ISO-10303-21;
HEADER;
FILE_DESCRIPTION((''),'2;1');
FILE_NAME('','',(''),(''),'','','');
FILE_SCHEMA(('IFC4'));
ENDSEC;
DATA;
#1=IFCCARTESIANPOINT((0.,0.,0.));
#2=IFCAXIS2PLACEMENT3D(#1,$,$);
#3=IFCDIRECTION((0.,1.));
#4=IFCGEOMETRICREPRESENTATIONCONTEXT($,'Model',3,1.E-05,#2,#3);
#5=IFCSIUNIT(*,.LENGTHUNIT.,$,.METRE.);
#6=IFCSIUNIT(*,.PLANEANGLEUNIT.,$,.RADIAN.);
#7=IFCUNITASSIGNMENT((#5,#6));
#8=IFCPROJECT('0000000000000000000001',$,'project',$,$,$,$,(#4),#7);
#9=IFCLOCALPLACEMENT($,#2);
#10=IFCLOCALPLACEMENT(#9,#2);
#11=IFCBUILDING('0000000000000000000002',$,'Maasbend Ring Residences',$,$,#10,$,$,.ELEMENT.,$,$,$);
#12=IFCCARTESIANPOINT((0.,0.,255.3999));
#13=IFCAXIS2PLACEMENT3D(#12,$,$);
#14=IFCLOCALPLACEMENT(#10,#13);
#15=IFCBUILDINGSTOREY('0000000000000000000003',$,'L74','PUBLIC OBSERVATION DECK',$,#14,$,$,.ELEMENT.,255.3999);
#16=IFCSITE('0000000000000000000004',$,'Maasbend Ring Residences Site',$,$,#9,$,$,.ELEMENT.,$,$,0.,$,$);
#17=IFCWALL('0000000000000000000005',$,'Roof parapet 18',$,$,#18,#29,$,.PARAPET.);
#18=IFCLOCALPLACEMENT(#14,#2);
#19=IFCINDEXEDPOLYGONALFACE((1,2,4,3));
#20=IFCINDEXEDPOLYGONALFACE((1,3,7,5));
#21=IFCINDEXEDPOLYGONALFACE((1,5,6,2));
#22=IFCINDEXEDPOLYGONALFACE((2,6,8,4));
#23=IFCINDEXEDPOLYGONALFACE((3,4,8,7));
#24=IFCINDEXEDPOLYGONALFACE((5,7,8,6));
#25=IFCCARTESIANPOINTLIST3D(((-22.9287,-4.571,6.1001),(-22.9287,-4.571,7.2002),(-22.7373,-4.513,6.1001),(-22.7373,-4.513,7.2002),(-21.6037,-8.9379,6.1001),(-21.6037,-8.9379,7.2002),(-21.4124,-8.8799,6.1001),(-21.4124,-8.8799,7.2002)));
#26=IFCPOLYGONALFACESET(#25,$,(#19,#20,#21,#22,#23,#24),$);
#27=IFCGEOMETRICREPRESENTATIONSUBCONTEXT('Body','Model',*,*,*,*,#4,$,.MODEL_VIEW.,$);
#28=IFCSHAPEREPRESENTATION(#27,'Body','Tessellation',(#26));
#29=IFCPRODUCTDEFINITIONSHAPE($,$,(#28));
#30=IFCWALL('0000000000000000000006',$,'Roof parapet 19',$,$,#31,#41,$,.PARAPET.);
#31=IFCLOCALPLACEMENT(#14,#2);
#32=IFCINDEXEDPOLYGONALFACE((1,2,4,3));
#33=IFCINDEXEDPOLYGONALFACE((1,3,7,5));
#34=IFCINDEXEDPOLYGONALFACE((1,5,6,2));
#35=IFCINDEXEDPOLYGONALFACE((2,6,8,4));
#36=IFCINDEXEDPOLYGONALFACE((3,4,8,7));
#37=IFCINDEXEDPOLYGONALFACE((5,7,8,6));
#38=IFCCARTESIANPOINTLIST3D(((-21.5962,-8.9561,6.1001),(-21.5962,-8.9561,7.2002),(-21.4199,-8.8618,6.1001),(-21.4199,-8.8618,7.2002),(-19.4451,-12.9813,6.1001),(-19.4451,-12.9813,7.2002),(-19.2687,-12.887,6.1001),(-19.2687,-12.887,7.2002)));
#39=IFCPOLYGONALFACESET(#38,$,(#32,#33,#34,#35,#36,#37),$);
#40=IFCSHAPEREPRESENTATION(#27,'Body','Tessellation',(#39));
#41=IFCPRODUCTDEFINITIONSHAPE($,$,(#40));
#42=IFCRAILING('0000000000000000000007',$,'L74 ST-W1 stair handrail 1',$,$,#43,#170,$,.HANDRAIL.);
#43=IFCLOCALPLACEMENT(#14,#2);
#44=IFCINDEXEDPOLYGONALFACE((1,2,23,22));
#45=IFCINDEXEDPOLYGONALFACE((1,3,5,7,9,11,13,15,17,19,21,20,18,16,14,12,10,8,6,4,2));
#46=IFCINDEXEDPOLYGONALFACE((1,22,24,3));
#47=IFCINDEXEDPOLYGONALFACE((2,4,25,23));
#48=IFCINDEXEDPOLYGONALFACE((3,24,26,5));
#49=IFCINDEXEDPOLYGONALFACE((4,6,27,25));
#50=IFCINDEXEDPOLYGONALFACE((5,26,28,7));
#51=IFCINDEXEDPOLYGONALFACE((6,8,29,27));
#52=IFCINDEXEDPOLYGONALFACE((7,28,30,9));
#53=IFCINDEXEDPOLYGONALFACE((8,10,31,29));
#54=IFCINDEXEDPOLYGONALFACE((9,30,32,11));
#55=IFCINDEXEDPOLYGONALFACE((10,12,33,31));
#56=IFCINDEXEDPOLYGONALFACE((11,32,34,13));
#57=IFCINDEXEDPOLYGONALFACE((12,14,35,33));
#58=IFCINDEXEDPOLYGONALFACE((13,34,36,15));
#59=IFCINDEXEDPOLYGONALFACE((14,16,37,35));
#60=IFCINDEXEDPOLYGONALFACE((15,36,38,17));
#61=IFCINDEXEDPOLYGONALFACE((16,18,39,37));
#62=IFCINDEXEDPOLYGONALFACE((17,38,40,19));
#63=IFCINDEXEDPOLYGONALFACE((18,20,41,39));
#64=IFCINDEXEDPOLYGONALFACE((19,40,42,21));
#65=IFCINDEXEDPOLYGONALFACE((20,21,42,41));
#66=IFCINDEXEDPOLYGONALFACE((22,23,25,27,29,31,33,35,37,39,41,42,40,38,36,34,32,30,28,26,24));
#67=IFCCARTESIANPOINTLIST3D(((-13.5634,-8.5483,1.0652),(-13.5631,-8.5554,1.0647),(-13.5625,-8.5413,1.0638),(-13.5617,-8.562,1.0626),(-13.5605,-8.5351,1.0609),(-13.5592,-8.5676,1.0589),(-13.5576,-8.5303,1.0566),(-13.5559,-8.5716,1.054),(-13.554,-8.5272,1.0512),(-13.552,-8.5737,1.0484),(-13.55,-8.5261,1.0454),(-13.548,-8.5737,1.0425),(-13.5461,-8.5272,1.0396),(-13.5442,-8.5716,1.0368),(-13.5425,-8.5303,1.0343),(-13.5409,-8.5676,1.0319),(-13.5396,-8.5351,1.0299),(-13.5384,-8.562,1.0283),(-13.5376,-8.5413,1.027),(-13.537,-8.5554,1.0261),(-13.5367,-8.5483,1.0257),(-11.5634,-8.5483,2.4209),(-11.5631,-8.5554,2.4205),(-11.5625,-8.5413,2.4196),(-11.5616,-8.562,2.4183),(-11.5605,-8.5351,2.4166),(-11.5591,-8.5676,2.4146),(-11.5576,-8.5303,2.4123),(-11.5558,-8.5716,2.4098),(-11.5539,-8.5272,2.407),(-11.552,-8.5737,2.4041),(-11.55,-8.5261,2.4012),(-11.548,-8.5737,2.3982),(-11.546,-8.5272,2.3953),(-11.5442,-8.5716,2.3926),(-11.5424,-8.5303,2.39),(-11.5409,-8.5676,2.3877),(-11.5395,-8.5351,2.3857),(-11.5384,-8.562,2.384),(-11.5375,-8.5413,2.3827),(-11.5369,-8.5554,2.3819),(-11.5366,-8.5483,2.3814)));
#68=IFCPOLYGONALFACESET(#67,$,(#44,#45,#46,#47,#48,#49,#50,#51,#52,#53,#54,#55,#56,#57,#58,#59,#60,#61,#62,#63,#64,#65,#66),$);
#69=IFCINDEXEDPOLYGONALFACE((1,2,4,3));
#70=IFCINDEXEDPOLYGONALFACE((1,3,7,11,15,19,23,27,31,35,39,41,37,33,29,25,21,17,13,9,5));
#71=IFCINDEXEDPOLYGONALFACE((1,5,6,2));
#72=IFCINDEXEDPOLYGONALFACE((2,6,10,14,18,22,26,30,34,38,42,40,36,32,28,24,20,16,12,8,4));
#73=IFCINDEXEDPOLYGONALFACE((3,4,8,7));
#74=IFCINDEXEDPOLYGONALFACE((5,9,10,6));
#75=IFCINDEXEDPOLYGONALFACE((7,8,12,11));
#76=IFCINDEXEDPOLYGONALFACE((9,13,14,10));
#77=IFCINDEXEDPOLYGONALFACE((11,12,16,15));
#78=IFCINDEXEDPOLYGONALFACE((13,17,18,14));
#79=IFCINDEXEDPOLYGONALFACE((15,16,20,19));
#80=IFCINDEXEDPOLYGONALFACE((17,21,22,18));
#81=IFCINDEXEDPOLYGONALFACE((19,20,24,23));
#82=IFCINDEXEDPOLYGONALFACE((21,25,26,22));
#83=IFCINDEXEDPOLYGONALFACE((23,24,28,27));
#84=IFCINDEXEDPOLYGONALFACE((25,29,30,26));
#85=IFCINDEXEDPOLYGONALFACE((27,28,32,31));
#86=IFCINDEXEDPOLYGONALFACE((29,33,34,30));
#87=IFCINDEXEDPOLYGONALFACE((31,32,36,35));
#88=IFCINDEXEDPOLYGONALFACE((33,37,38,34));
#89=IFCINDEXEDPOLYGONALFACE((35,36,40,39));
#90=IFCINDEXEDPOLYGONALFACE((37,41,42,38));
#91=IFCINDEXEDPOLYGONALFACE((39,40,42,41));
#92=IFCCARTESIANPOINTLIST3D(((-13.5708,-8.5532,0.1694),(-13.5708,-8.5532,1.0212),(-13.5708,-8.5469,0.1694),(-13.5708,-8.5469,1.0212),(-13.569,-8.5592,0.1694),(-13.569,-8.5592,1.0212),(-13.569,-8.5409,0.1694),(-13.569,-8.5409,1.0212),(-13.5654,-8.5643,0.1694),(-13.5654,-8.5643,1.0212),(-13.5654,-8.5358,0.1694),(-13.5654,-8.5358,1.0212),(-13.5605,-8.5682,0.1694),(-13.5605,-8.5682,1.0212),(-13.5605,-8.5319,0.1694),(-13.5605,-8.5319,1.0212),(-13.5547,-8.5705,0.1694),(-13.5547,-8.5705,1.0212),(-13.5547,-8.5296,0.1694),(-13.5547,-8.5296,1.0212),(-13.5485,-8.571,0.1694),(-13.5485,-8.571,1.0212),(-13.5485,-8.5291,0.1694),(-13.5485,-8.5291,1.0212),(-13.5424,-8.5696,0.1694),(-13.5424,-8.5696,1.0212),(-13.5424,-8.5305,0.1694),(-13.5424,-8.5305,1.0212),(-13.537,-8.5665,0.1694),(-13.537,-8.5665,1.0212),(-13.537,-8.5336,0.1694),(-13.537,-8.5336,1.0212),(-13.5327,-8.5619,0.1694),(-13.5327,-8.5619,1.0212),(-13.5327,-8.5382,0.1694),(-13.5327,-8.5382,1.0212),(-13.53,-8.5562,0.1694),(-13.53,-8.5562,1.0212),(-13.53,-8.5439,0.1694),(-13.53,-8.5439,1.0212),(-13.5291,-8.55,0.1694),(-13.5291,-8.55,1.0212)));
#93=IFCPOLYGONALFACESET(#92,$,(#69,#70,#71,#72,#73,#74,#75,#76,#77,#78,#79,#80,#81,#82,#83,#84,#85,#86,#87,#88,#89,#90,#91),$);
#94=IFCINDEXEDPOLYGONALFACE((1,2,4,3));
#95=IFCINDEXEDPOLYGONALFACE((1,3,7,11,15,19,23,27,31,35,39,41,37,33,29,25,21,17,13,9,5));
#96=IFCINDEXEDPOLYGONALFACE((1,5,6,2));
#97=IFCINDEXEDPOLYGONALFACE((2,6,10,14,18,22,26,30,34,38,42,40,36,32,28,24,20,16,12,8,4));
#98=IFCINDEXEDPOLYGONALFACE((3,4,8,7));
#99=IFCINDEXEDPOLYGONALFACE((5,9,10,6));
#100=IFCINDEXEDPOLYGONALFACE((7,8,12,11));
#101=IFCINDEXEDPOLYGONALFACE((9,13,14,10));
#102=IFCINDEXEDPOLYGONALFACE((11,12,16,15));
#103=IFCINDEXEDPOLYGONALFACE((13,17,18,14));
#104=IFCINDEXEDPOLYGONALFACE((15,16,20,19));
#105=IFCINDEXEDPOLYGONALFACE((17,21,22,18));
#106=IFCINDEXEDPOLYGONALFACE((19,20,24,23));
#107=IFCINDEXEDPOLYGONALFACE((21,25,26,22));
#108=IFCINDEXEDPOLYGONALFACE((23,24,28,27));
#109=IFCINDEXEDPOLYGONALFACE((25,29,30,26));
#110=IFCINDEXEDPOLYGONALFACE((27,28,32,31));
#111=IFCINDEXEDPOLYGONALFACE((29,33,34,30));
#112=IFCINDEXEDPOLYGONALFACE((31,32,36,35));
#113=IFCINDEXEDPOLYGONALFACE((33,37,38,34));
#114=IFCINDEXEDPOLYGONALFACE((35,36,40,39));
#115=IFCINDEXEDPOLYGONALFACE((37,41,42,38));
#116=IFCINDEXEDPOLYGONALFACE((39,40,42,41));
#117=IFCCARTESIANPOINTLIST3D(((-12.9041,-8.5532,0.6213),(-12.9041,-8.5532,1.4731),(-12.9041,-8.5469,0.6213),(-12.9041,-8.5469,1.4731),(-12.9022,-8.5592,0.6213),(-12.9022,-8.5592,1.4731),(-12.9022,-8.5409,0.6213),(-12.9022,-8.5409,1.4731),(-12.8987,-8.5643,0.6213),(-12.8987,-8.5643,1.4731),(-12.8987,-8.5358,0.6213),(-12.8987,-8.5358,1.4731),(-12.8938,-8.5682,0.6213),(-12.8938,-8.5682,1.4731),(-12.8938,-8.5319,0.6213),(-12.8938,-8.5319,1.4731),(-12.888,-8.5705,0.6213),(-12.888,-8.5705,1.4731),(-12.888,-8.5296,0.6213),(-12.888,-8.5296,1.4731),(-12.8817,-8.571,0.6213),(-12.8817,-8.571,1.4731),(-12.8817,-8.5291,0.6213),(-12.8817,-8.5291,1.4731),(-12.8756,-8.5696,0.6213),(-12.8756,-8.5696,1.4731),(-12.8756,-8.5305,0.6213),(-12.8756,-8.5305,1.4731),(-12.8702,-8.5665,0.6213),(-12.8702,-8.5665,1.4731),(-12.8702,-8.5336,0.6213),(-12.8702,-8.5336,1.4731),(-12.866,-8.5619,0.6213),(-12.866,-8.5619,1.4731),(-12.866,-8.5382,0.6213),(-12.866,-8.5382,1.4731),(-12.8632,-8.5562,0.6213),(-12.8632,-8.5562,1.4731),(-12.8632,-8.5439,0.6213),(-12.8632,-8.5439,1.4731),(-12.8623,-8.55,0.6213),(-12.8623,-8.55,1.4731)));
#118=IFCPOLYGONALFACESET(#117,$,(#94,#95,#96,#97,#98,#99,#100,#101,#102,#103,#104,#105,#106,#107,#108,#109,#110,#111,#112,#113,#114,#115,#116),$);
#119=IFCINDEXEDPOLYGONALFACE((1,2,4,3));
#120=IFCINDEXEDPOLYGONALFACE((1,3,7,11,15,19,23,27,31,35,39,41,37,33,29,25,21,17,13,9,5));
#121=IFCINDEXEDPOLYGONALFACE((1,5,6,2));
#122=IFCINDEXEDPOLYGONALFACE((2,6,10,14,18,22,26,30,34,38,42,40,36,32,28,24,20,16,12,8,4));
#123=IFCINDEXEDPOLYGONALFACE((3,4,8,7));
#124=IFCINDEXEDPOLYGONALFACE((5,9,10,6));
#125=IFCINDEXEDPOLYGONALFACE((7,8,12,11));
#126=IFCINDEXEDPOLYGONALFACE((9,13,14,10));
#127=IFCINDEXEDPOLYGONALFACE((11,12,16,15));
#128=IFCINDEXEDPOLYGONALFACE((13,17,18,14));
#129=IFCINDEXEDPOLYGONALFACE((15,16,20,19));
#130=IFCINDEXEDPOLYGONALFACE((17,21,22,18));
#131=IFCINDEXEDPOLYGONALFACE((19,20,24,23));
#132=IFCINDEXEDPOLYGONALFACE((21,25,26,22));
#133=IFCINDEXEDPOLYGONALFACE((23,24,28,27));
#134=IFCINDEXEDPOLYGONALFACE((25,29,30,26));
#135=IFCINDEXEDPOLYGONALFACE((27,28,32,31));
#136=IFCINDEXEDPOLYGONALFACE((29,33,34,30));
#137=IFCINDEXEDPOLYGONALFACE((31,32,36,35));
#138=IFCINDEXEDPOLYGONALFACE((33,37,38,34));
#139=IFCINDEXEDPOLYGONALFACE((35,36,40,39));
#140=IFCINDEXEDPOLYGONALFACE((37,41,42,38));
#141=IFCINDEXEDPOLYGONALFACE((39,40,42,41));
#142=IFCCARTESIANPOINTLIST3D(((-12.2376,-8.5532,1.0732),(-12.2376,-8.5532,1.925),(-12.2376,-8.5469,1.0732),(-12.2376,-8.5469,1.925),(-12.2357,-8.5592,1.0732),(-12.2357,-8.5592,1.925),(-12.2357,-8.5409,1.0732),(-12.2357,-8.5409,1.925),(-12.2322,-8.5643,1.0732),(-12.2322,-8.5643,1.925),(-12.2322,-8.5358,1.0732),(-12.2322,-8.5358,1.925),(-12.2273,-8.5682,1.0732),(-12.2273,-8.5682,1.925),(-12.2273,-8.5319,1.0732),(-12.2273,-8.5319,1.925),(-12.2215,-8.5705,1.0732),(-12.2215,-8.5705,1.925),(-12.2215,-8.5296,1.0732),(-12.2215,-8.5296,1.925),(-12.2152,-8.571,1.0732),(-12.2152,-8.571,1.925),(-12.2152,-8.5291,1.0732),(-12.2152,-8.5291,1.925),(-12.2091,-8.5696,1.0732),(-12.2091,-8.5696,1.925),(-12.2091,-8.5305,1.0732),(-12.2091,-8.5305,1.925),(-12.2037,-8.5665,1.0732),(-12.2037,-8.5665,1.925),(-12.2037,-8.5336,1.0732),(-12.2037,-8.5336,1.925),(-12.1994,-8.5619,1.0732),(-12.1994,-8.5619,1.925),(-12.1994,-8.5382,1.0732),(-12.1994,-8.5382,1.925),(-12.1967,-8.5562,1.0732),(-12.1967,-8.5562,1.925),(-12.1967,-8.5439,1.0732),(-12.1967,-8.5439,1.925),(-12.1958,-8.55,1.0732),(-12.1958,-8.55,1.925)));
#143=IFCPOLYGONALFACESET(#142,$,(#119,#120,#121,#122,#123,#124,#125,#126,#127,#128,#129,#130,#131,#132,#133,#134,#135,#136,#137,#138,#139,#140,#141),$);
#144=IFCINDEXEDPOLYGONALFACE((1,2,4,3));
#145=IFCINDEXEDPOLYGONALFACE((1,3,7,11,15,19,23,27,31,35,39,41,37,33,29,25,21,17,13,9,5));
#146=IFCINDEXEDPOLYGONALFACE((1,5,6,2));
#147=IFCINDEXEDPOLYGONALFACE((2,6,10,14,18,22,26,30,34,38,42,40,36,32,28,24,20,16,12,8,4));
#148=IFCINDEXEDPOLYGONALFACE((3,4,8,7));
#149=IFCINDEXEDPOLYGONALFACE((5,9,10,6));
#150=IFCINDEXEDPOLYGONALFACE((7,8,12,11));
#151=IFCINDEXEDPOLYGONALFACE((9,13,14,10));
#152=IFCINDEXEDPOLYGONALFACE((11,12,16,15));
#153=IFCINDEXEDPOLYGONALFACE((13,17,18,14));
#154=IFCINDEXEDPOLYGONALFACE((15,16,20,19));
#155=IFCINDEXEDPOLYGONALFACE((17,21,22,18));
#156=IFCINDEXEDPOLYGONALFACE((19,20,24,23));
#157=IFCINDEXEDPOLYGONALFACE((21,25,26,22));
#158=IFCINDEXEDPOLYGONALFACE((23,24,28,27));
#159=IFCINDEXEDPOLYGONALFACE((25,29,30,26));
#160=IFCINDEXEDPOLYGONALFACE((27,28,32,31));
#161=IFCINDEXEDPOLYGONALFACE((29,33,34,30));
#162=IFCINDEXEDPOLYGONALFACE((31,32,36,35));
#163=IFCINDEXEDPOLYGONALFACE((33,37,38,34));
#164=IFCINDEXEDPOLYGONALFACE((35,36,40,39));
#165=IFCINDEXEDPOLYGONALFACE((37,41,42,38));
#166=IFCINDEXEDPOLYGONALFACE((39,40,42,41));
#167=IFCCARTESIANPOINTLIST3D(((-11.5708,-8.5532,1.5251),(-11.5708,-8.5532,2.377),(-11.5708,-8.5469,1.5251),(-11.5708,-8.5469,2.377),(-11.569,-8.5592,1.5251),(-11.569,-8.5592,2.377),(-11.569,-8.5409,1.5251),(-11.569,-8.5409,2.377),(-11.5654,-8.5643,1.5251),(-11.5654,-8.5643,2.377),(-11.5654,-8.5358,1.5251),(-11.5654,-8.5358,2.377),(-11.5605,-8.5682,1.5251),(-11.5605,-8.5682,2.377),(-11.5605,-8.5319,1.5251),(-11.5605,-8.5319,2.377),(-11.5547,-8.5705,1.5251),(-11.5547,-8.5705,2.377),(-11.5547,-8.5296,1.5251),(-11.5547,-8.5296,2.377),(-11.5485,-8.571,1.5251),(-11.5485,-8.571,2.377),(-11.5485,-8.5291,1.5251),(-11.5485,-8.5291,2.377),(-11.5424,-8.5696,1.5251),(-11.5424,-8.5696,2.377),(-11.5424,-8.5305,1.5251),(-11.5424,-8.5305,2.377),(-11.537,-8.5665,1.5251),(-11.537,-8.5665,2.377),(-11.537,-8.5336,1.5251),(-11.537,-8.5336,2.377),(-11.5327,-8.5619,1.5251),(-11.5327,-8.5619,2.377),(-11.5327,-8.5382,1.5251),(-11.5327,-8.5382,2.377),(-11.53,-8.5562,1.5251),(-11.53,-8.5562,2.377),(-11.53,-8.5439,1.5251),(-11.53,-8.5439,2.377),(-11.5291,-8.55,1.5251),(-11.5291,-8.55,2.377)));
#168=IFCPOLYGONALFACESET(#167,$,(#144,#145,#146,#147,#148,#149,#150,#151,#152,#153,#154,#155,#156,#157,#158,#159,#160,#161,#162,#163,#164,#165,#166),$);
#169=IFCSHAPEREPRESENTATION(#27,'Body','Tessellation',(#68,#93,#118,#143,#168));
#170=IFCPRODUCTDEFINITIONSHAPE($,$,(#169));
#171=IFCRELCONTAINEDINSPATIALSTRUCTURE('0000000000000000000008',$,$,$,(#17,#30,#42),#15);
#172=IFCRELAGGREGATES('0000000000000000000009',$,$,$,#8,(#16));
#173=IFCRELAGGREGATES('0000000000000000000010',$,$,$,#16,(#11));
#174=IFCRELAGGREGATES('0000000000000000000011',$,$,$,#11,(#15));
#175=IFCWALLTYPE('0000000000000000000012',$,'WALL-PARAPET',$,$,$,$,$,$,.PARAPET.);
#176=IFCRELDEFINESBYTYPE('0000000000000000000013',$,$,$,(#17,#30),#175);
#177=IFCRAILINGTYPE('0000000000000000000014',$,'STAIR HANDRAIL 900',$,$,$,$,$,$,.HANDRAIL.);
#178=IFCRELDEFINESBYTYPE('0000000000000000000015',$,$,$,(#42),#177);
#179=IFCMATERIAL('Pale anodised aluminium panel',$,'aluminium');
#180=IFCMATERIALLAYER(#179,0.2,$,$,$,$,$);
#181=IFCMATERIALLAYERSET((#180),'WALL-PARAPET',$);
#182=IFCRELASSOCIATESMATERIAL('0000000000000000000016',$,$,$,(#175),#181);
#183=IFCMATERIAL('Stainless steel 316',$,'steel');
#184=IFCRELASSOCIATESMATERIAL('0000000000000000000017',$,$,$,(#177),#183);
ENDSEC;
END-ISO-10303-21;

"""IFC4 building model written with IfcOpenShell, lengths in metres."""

from ifc_helpers import new_model, si_unit, direction, frame, frame_2d, origin, origin_2d, place, context, subcontext, project, spatial, rectangle, circle, extrude, material, layer, layer_set, type_object, element, save


model = new_model("IFC4")

# Units and contexts
model_context = context("Model", 3, precision=1e-05, world=origin(), true_north=direction((0.0, 1.0)))
body_context = subcontext(model_context, "Body", "Model", "MODEL_VIEW")
ifc_project = project(units=[si_unit("LENGTHUNIT", "METRE"), si_unit("PLANEANGLEUNIT", "RADIAN")], contexts=[model_context])

# Site, building, storey
site_placement = place(None, origin())
site = spatial("IfcSite", under=ifc_project, at=site_placement, Name="Maasbend Ring Residences Site", CompositionType="ELEMENT", RefElevation=0.0)
building_placement = place(site_placement, origin())
building = spatial("IfcBuilding", under=site, at=building_placement, Name="Maasbend Ring Residences", CompositionType="ELEMENT")
storey_placement = place(building_placement, frame((0.0, 0.0, 255.3999)))
storey = spatial("IfcBuildingStorey", under=building, at=storey_placement, Name="L74", Description="PUBLIC OBSERVATION DECK", CompositionType="ELEMENT", Elevation=255.3999)

# Walls
ifc_material_1 = material(Name="Pale anodised aluminium panel", Category="aluminium")
ifc_layer_1 = layer(ifc_material_1, 0.2)
ifc_layer_set_1 = layer_set([ifc_layer_1], Name="WALL-PARAPET")
wall_type_1 = type_object("IfcWallType", Name="WALL-PARAPET", PredefinedType="PARAPET", material=ifc_layer_set_1)
wall_1_placement = place(storey_placement, frame((-22.833, -4.542, 6.1001), z_axis=(0.0, 0.0, 1.0), x_axis=(0.290336, -0.956925, 0.0)))
element("IfcWall", 1, at=wall_1_placement, inside=storey, type_object=wall_type_1, Name="Roof parapet 18", PredefinedType="PARAPET", context=body_context, shape_type="SweptSolid", body=[
    extrude(rectangle(XDim=4.5635, YDim=0.2, at=frame_2d((2.2817, 0.0))), origin(), (0.0, 0.0, 1.0), 1.1001),
])
wall_2_placement = place(storey_placement, frame((-21.5081, -8.9089, 6.1001), z_axis=(0.0, 0.0, 1.0), x_axis=(0.471335, -0.881954, 0.0)))
element("IfcWall", 2, at=wall_2_placement, inside=storey, type_object=wall_type_1, Name="Roof parapet 19", PredefinedType="PARAPET", context=body_context, shape_type="SweptSolid", body=[
    extrude(rectangle(XDim=4.564, YDim=0.2, at=frame_2d((2.282, 0.0))), origin(), (0.0, 0.0, 1.0), 1.1001),
])

# Railing
ifc_material_2 = material(Name="Stainless steel 316", Category="steel")
railing_type_1 = type_object("IfcRailingType", Name="STAIR HANDRAIL 900", PredefinedType="HANDRAIL", material=ifc_material_2)
for number, where, name in (
    (3, (-13.55, -8.55, 0.1694), "L74 ST-W1 stair handrail 1"),
):
    element("IfcRailing", number, at=place(storey_placement, frame(where)), inside=storey, type_object=railing_type_1, Name=name, PredefinedType="HANDRAIL", context=body_context, shape_type="SweptSolid", body=[
        extrude(circle(Radius=0.0239, at=origin_2d()), frame((0.0, 0.0, 0.876), z_axis=(0.827751, 0.0, 0.561096), x_axis=(0.0, 1.0, 0.0)), (0.0, 0.0, 1.0), 2.4163),
        extrude(circle(Radius=0.021, at=origin_2d()), origin(), (0.0, 0.0, 1.0), 0.8518),
        extrude(circle(Radius=0.021, at=origin_2d()), frame((0.6667, 0.0, 0.4519)), (0.0, 0.0, 1.0), 0.8518),
        extrude(circle(Radius=0.021, at=origin_2d()), frame((1.3333, 0.0, 0.9038)), (0.0, 0.0, 1.0), 0.8518),
        extrude(circle(Radius=0.021, at=origin_2d()), frame((2.0, 0.0, 1.3557)), (0.0, 0.0, 1.0), 0.8518),
    ])

save(model, "model.ifc")
